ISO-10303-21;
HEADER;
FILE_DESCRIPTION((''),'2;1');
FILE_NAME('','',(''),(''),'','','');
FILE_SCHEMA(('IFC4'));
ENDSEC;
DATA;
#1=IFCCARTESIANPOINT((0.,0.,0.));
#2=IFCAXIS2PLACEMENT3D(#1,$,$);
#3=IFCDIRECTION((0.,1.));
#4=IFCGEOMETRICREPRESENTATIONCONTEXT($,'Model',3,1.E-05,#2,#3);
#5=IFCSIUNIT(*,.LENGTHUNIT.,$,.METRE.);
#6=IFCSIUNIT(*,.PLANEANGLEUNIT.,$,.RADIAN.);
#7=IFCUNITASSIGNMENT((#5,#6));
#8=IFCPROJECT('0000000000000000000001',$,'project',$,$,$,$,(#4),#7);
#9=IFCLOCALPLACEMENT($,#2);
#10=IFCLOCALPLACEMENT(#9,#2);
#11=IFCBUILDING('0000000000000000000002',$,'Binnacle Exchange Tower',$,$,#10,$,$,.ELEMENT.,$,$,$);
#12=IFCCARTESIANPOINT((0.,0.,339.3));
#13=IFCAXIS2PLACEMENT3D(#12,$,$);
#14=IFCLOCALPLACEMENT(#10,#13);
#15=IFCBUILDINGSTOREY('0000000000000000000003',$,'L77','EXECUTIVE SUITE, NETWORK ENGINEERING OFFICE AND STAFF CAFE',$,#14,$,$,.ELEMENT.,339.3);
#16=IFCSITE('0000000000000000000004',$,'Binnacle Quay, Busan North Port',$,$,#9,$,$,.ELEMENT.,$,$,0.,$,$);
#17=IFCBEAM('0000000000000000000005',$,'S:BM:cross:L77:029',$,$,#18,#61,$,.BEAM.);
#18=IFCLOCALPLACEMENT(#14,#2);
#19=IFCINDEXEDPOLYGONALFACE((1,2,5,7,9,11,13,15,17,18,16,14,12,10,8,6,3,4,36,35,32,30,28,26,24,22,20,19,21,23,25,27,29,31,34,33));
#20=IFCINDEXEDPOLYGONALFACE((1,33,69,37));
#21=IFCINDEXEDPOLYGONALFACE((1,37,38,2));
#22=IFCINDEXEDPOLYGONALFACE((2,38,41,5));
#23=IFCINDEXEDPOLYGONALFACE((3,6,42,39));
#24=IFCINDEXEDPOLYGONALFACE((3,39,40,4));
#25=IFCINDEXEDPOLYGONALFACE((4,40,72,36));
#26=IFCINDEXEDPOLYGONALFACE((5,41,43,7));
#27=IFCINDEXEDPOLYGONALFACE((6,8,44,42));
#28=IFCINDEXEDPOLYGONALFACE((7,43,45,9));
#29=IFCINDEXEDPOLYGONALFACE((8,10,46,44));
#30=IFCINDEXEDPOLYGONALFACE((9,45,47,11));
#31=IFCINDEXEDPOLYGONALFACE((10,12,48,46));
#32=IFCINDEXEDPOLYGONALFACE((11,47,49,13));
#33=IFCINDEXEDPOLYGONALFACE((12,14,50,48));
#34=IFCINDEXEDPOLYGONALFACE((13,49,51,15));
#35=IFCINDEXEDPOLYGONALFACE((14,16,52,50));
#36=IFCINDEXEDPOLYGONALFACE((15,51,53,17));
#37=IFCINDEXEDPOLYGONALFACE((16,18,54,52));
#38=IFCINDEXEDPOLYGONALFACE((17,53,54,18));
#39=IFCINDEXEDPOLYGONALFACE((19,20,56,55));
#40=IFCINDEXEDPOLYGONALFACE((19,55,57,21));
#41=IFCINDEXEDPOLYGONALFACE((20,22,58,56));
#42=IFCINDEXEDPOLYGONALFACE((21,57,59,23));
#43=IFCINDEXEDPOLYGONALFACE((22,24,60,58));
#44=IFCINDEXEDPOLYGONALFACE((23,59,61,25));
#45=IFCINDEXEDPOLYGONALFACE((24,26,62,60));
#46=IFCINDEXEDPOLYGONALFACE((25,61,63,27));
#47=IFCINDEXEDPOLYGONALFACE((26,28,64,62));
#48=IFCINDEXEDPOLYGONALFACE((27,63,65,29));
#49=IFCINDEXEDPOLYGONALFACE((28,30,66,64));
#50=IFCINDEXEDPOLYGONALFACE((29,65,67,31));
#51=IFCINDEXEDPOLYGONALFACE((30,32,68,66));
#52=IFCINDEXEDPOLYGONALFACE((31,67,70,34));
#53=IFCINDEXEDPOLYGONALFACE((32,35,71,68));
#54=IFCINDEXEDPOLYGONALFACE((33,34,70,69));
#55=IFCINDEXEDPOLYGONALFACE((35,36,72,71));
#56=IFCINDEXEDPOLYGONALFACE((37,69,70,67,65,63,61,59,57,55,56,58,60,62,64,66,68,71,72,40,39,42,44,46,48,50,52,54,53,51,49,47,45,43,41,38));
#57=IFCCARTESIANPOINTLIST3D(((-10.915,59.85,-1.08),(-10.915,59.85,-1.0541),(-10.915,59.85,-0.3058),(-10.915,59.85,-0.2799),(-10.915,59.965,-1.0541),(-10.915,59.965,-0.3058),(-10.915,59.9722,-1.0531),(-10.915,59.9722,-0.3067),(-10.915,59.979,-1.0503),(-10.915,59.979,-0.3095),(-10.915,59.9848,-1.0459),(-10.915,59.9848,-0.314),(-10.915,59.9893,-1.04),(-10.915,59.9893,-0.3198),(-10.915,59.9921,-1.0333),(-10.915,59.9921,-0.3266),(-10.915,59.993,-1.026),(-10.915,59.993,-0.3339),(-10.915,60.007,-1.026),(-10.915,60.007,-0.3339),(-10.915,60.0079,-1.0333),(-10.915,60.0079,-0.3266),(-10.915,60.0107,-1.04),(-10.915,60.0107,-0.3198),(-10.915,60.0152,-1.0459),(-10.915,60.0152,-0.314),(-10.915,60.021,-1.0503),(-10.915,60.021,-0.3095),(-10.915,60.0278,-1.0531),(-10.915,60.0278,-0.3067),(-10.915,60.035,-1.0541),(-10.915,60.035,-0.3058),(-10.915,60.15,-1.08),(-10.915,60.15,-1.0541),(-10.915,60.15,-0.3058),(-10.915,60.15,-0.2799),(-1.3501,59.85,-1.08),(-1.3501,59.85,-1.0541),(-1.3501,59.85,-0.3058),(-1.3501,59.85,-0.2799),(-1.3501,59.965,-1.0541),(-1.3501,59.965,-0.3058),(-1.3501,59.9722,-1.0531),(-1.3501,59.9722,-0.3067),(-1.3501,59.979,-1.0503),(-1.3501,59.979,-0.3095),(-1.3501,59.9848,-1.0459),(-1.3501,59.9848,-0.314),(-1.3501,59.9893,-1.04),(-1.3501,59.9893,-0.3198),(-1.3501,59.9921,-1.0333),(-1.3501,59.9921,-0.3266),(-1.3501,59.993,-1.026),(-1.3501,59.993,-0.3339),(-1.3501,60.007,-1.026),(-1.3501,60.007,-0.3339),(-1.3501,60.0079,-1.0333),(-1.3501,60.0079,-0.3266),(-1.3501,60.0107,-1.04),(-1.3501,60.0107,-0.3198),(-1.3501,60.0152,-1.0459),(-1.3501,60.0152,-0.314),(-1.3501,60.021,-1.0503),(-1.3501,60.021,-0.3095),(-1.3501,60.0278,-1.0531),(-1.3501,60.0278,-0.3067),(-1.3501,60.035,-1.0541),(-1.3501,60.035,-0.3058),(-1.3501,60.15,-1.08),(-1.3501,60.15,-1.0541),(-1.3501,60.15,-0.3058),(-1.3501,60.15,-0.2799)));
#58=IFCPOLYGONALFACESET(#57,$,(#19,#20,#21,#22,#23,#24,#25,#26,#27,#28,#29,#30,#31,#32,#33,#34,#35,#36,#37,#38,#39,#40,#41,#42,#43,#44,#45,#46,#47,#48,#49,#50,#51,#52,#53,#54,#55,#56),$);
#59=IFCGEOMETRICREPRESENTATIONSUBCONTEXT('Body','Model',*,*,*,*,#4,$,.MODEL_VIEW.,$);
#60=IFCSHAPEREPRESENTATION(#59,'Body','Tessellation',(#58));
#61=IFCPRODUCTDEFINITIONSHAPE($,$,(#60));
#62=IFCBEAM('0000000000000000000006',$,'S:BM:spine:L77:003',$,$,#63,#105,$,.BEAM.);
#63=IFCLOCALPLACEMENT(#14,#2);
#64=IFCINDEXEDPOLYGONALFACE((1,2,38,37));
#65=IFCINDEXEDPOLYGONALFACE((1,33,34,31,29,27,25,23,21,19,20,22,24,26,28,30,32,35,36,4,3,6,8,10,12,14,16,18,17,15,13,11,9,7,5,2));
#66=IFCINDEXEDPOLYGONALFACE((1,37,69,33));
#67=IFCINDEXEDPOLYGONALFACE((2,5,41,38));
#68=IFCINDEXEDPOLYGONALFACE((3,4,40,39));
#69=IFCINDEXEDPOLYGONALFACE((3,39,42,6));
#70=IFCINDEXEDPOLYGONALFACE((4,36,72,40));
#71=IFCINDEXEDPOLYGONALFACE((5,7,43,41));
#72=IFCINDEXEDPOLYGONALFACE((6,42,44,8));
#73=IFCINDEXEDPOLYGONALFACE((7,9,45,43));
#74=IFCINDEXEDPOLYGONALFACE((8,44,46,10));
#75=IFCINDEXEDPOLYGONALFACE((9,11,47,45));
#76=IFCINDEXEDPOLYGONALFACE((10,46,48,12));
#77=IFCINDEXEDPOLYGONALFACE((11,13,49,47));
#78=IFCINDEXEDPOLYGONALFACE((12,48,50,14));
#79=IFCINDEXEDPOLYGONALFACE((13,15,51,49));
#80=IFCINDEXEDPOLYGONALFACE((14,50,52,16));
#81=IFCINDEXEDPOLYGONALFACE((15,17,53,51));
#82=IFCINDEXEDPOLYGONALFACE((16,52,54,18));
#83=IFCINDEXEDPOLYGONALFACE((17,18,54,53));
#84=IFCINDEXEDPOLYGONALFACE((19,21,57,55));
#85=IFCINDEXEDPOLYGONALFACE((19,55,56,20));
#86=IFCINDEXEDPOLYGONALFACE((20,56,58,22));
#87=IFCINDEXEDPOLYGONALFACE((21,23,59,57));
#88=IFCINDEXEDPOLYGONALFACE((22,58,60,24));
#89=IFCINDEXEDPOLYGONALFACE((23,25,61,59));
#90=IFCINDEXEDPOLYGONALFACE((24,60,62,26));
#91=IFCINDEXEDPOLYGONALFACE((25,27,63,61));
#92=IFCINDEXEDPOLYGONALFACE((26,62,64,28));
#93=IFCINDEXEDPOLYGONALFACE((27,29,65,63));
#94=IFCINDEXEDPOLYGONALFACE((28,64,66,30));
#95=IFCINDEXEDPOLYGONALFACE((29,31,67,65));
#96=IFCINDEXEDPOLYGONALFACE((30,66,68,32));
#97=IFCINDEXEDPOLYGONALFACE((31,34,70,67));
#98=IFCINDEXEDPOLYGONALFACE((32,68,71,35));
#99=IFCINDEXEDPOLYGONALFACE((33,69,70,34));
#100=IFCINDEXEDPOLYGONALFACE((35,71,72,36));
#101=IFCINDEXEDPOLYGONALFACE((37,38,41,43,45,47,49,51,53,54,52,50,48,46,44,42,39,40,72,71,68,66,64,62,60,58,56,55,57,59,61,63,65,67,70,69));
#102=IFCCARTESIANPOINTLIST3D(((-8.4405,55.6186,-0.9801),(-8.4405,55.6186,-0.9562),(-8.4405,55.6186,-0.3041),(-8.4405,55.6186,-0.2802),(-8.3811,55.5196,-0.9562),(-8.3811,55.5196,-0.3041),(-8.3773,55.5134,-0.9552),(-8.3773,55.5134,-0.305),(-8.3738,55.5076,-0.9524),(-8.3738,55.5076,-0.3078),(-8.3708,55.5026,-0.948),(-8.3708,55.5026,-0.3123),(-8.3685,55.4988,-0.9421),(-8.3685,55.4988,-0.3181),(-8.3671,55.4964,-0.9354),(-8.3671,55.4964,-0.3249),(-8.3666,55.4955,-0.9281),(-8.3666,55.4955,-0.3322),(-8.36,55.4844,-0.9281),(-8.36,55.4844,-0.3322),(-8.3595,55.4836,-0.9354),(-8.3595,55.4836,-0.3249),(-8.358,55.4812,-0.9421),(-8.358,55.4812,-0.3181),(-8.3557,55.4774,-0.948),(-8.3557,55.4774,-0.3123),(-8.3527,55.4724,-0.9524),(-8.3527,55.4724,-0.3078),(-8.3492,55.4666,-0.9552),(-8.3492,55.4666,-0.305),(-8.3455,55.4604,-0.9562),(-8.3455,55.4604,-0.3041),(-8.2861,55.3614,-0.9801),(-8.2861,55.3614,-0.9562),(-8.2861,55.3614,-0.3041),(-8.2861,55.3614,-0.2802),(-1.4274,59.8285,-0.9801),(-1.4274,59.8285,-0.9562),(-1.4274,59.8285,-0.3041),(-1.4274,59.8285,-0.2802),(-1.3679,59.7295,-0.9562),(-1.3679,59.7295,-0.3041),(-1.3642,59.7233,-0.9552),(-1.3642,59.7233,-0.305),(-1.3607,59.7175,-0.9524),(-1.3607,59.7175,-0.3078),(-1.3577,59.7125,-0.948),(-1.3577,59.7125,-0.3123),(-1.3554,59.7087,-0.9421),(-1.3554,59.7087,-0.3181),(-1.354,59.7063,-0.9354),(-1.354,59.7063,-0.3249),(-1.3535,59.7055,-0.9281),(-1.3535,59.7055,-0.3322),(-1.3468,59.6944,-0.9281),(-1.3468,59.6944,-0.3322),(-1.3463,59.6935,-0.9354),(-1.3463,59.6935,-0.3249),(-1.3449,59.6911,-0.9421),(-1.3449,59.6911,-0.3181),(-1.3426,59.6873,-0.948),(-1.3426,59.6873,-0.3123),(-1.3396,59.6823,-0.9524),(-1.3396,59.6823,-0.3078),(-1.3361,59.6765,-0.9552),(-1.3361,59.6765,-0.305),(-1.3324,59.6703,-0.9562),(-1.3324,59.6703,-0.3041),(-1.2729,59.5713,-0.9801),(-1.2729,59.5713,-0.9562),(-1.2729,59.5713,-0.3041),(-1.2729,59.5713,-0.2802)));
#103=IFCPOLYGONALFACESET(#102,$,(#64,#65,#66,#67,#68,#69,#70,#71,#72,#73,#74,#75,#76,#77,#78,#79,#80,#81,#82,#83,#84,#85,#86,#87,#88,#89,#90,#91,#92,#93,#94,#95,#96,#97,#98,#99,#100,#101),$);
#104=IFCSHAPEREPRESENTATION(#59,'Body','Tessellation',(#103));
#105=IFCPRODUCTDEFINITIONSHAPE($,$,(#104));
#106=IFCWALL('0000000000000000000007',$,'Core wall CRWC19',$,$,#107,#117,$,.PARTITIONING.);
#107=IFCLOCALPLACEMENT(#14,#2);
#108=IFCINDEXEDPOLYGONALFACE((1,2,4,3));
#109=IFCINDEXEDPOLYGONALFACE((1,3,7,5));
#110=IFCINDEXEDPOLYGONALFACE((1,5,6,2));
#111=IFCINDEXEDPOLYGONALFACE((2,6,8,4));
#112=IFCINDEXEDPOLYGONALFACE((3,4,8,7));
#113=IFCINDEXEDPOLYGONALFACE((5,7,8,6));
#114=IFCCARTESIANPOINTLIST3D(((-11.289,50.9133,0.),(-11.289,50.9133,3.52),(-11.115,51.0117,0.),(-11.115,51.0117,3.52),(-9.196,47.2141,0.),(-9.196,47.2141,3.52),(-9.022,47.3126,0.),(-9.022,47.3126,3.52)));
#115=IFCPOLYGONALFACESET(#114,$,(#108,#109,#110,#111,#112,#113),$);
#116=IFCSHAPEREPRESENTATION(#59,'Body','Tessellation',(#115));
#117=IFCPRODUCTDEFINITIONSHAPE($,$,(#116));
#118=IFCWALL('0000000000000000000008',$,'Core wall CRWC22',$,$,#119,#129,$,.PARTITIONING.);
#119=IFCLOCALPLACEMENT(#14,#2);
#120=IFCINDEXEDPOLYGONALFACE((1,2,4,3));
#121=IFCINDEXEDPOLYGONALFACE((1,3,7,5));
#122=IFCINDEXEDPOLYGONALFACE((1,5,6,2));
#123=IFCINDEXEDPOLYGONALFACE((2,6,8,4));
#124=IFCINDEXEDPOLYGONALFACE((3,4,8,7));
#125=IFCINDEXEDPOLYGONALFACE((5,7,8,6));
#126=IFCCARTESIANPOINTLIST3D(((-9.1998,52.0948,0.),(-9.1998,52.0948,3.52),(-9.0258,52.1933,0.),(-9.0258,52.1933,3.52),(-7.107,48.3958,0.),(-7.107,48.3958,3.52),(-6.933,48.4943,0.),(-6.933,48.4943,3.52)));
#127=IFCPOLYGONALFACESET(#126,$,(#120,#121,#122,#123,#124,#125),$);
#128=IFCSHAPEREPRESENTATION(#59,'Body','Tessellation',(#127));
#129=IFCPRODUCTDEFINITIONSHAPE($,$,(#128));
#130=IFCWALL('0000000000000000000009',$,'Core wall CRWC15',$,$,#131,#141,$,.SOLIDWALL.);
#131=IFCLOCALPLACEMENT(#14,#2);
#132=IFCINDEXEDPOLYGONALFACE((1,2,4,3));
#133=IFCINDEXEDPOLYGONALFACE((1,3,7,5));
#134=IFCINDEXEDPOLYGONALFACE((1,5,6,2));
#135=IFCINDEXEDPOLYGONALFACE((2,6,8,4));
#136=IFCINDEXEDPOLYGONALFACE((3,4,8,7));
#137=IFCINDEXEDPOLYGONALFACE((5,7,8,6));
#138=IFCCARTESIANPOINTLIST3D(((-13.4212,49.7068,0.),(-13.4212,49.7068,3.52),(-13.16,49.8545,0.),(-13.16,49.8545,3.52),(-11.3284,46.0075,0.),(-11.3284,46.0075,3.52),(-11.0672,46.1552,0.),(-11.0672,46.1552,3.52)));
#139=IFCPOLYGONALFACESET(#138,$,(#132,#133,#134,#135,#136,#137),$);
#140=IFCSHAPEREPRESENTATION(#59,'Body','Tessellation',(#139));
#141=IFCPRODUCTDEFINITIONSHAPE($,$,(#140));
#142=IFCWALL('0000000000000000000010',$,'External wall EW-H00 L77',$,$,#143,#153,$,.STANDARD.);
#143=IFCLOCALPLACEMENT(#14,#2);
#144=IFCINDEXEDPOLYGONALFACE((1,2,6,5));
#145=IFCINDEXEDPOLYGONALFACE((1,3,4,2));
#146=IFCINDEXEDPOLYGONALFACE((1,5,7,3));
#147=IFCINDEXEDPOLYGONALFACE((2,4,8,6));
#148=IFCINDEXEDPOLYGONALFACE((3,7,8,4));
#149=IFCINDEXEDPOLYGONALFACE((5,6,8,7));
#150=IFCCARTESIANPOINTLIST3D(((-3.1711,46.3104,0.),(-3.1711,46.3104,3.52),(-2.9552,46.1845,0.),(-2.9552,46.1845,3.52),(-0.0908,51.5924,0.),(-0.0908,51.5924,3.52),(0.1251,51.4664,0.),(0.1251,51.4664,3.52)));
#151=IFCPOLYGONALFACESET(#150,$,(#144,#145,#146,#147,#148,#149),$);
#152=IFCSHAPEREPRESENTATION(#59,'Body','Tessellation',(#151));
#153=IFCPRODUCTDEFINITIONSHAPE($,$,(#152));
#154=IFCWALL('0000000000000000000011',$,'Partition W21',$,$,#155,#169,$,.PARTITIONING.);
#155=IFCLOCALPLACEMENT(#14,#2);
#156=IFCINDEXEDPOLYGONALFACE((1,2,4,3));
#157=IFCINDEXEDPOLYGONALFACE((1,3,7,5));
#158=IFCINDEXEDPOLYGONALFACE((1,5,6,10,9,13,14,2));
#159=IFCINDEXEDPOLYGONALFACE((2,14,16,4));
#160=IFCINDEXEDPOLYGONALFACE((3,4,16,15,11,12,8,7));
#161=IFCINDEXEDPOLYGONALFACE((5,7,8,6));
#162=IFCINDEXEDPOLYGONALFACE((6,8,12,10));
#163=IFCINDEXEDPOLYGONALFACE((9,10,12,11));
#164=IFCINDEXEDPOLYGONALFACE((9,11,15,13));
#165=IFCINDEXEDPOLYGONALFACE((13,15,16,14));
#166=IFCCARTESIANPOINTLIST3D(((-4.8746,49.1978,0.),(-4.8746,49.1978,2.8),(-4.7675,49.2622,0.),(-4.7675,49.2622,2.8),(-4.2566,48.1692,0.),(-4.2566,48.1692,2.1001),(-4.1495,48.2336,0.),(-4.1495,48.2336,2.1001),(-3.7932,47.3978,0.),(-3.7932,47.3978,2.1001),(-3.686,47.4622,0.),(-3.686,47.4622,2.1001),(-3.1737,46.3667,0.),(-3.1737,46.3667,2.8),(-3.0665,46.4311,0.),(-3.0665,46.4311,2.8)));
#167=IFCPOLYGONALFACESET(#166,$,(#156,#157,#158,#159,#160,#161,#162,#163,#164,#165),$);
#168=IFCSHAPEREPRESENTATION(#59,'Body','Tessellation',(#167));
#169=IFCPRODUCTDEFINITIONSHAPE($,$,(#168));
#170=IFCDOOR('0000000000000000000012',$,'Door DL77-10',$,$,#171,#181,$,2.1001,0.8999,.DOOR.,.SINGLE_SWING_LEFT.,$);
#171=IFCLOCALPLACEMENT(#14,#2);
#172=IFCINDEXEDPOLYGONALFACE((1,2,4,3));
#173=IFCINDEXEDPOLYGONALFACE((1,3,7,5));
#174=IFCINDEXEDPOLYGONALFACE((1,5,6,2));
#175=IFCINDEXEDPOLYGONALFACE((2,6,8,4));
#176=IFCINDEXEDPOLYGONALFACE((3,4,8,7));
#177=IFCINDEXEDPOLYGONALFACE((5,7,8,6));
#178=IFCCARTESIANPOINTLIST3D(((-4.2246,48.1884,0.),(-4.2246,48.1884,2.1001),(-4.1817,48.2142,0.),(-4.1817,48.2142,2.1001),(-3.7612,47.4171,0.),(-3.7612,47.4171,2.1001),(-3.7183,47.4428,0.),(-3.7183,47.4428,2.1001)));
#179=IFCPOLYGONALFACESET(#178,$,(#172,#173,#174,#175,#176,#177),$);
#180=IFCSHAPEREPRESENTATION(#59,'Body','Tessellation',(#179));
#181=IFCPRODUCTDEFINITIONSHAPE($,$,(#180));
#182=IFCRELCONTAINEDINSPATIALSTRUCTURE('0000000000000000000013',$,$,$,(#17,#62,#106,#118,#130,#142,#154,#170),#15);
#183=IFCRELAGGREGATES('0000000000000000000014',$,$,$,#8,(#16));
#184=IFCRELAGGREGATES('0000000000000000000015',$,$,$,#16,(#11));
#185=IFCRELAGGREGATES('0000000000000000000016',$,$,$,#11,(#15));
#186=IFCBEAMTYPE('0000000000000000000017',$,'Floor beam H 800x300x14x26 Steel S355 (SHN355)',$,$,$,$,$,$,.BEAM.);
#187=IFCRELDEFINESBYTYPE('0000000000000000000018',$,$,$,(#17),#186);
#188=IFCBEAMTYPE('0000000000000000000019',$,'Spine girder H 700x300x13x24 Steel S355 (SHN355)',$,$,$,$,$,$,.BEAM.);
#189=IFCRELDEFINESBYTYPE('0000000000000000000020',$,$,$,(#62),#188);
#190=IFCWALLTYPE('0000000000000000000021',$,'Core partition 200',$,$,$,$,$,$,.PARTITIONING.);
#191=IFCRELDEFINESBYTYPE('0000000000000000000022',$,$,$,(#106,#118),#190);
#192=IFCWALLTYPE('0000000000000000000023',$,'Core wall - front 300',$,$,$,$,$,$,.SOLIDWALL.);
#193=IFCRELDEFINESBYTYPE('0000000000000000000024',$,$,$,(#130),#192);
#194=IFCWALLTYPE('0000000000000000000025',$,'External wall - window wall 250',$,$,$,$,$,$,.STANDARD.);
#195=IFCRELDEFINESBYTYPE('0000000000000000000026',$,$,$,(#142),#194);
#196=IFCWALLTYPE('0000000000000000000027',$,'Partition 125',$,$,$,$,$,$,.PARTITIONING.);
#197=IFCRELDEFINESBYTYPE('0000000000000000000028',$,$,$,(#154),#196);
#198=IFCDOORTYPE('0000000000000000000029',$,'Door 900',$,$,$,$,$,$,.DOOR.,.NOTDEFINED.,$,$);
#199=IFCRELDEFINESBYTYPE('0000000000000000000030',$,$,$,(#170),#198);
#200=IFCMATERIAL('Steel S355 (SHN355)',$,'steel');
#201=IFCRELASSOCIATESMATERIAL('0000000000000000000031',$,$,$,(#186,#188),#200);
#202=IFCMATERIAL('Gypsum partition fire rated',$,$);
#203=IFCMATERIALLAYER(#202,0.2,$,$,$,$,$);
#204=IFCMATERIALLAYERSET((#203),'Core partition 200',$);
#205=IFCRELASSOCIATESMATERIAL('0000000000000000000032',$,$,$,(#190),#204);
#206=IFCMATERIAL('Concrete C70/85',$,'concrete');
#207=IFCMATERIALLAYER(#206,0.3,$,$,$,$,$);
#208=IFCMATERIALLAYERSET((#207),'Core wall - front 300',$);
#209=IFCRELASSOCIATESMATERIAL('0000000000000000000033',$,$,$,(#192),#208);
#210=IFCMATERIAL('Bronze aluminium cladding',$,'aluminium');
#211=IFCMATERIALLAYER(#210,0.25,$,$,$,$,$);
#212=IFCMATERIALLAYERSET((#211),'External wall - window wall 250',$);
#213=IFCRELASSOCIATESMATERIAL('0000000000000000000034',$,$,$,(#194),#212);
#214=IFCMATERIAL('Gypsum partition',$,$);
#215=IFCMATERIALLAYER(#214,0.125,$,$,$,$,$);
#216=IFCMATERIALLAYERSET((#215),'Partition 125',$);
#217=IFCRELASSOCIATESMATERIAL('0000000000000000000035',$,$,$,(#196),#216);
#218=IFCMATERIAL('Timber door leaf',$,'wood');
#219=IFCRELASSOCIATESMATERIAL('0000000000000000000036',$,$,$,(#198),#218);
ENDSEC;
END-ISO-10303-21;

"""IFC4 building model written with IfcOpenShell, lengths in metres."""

from ifc_helpers import new_model, si_unit, direction, frame, frame_2d, origin, origin_2d, place, context, subcontext, project, spatial, rectangle, i_section, extrude, material, layer, layer_set, material_profile, profile_set, type_object, element, fill, save


model = new_model("IFC4")

# Units and contexts
model_context = context("Model", 3, precision=1e-05, world=origin(), true_north=direction((0.0, 1.0)))
body_context = subcontext(model_context, "Body", "Model", "MODEL_VIEW")
ifc_project = project(units=[si_unit("LENGTHUNIT", "METRE"), si_unit("PLANEANGLEUNIT", "RADIAN")], contexts=[model_context])

# Site, building, storey
site_placement = place(None, origin())
site = spatial("IfcSite", under=ifc_project, at=site_placement, Name="Binnacle Quay, Busan North Port", CompositionType="ELEMENT", RefElevation=0.0)
building_placement = place(site_placement, origin())
building = spatial("IfcBuilding", under=site, at=building_placement, Name="Binnacle Exchange Tower", CompositionType="ELEMENT")
storey_placement = place(building_placement, frame((0.0, 0.0, 339.3)))
storey = spatial("IfcBuildingStorey", under=building, at=storey_placement, Name="L77", Description="EXECUTIVE SUITE, NETWORK ENGINEERING OFFICE AND STAFF CAFE", CompositionType="ELEMENT", Elevation=339.3)

# Beams
ifc_material_1 = material(Name="Steel S355 (SHN355)", Category="steel")
ifc_material_profile_1 = material_profile(ifc_material_1, i_section(OverallWidth=0.3, OverallDepth=0.8, WebThickness=0.0139, FlangeThickness=0.0259, FilletRadius=0.0281, at=origin_2d()), Name="H 800x300x14x26")
ifc_profile_set_1 = profile_set([ifc_material_profile_1], Name="Steel S355 (SHN355)")
beam_type_1 = type_object("IfcBeamType", Name="Floor beam H 800x300x14x26 Steel S355 (SHN355)", PredefinedType="BEAM", material=ifc_profile_set_1)
beam_1_placement = place(storey_placement, frame((-1.3501, 60.0, -0.6799), z_axis=(-1.0, 0.0, 0.0), x_axis=(0.0, -1.0, 0.0)))
element("IfcBeam", 1, at=beam_1_placement, inside=storey, type_object=beam_type_1, Name="S:BM:cross:L77:029", PredefinedType="BEAM", context=body_context, shape_type="SweptSolid", body=[
    extrude(i_section(OverallWidth=0.3, OverallDepth=0.8, WebThickness=0.0139, FlangeThickness=0.0259, FilletRadius=0.0281, at=origin_2d()), origin(), (0.0, 0.0, 1.0), 9.5649),
])
ifc_material_profile_2 = material_profile(ifc_material_1, i_section(OverallWidth=0.3, OverallDepth=0.7, WebThickness=0.0129, FlangeThickness=0.0239, FilletRadius=0.0281, at=origin_2d()), Name="H 700x300x13x24")
ifc_profile_set_2 = profile_set([ifc_material_profile_2], Name="Steel S355 (SHN355)")
beam_type_2 = type_object("IfcBeamType", Name="Spine girder H 700x300x13x24 Steel S355 (SHN355)", PredefinedType="BEAM", material=ifc_profile_set_2)
beam_2_placement = place(storey_placement, frame((-8.3633, 55.49, -0.6301), z_axis=(0.857382, 0.51468, 0.0), x_axis=(-0.51468, 0.857382, 0.0)))
element("IfcBeam", 2, at=beam_2_placement, inside=storey, type_object=beam_type_2, Name="S:BM:spine:L77:003", PredefinedType="BEAM", context=body_context, shape_type="SweptSolid", body=[
    extrude(i_section(OverallWidth=0.3, OverallDepth=0.7, WebThickness=0.0129, FlangeThickness=0.0239, FilletRadius=0.0281, at=origin_2d()), origin(), (0.0, 0.0, 1.0), 8.1797),
])

# Walls
ifc_material_2 = material(Name="Gypsum partition fire rated")
ifc_layer_1 = layer(ifc_material_2, 0.2)
ifc_layer_set_1 = layer_set([ifc_layer_1], Name="Core partition 200")
wall_type_1 = type_object("IfcWallType", Name="Core partition 200", PredefinedType="PARTITIONING", material=ifc_layer_set_1)
wall_1_placement = place(storey_placement, frame((-11.2019, 50.9624, 0.0), z_axis=(0.0, 0.0, 1.0), x_axis=(0.492441, -0.870346, 0.0)))
element("IfcWall", 3, at=wall_1_placement, inside=storey, type_object=wall_type_1, Name="Core wall CRWC19", PredefinedType="PARTITIONING", context=body_context, shape_type="SweptSolid", body=[
    extrude(rectangle(XDim=4.2502, YDim=0.2, at=frame_2d((2.125, 0.0))), origin(), (0.0, 0.0, 1.0), 3.52),
])
wall_2_placement = place(storey_placement, frame((-9.1128, 52.144, 0.0), z_axis=(0.0, 0.0, 1.0), x_axis=(0.492423, -0.870356, 0.0)))
element("IfcWall", 4, at=wall_2_placement, inside=storey, type_object=wall_type_1, Name="Core wall CRWC22", PredefinedType="PARTITIONING", context=body_context, shape_type="SweptSolid", body=[
    extrude(rectangle(XDim=4.25, YDim=0.2, at=frame_2d((2.125, 0.0))), origin(), (0.0, 0.0, 1.0), 3.52),
])
ifc_material_3 = material(Name="Concrete C70/85", Category="concrete")
ifc_layer_2 = layer(ifc_material_3, 0.3)
ifc_layer_set_2 = layer_set([ifc_layer_2], Name="Core wall - front 300")
wall_type_2 = type_object("IfcWallType", Name="Core wall - front 300", PredefinedType="SOLIDWALL", material=ifc_layer_set_2)
wall_3_placement = place(storey_placement, frame((-13.2905, 49.7805, 0.0), z_axis=(0.0, 0.0, 1.0), x_axis=(0.492398, -0.87037, 0.0)))
element("IfcWall", 5, at=wall_3_placement, inside=storey, type_object=wall_type_2, Name="Core wall CRWC15", PredefinedType="SOLIDWALL", context=body_context, shape_type="SweptSolid", body=[
    extrude(rectangle(XDim=4.2502, YDim=0.3, at=frame_2d((2.125, 0.0))), origin(), (0.0, 0.0, 1.0), 3.52),
])
ifc_material_4 = material(Name="Bronze aluminium cladding", Category="aluminium")
ifc_layer_3 = layer(ifc_material_4, 0.25)
ifc_layer_set_3 = layer_set([ifc_layer_3], Name="External wall - window wall 250")
wall_type_3 = type_object("IfcWallType", Name="External wall - window wall 250", PredefinedType="STANDARD", material=ifc_layer_set_3)
wall_4_placement = place(storey_placement, frame((0.0171, 51.5293, 0.0), z_axis=(0.0, 0.0, 1.0), x_axis=(-0.503769, -0.863838, 0.0)))
element("IfcWall", 6, at=wall_4_placement, inside=storey, type_object=wall_type_3, Name="External wall EW-H00 L77", PredefinedType="STANDARD", context=body_context, shape_type="SweptSolid", body=[
    extrude(rectangle(XDim=6.1145, YDim=0.25, at=frame_2d((3.0571, 0.0))), origin(), (0.0, 0.0, 1.0), 3.52),
])

# Wall, opening, door
ifc_material_5 = material(Name="Gypsum partition")
ifc_layer_4 = layer(ifc_material_5, 0.125)
ifc_layer_set_4 = layer_set([ifc_layer_4], Name="Partition 125")
wall_type_4 = type_object("IfcWallType", Name="Partition 125", PredefinedType="PARTITIONING", material=ifc_layer_set_4)
wall_5_placement = place(storey_placement, frame((-4.821, 49.23, 0.0), z_axis=(0.0, 0.0, 1.0), x_axis=(0.515007, -0.857186, 0.0)))
wall_5 = element("IfcWall", 7, at=wall_5_placement, inside=storey, type_object=wall_type_4, Name="Partition W21", PredefinedType="PARTITIONING", context=body_context, shape_type="SweptSolid", body=[
    extrude(rectangle(XDim=3.3027, YDim=0.125, at=frame_2d((1.6514, 0.0))), origin(), (0.0, 0.0, 1.0), 2.8),
])
opening_1_placement = place(wall_5_placement, frame((1.2, 0.0, 0.0)))
opening_1 = element("IfcOpeningElement", 8, at=opening_1_placement, cuts=wall_5, PredefinedType="OPENING", context=body_context, shape_type="SweptSolid", body=[
    extrude(rectangle(XDim=0.8999, YDim=2.1001, at=frame_2d((0.45, 1.05))), frame((0.0, 0.0725, 0.0), z_axis=(0.0, -1.0, 0.0), x_axis=(1.0, 0.0, 0.0)), (0.0, 0.0, 1.0), 0.145),
])
ifc_material_6 = material(Name="Timber door leaf", Category="wood")
door_type_1 = type_object("IfcDoorType", Name="Door 900", OperationType="NOTDEFINED", PredefinedType="DOOR", material=ifc_material_6)
door_1_placement = place(opening_1_placement, origin())
door_1 = element("IfcDoor", 9, at=door_1_placement, inside=storey, type_object=door_type_1, Name="Door DL77-10", OperationType="SINGLE_SWING_LEFT", OverallHeight=2.1001, OverallWidth=0.8999, PredefinedType="DOOR", context=body_context, shape_type="SweptSolid", body=[
    extrude(rectangle(XDim=0.8999, YDim=2.1001, at=frame_2d((0.45, 1.05))), frame((0.0, 0.0249, 0.0), z_axis=(0.0, -1.0, 0.0), x_axis=(1.0, 0.0, 0.0)), (0.0, 0.0, 1.0), 0.05),
])
fill(opening_1, door_1)

save(model, "model.ifc")
